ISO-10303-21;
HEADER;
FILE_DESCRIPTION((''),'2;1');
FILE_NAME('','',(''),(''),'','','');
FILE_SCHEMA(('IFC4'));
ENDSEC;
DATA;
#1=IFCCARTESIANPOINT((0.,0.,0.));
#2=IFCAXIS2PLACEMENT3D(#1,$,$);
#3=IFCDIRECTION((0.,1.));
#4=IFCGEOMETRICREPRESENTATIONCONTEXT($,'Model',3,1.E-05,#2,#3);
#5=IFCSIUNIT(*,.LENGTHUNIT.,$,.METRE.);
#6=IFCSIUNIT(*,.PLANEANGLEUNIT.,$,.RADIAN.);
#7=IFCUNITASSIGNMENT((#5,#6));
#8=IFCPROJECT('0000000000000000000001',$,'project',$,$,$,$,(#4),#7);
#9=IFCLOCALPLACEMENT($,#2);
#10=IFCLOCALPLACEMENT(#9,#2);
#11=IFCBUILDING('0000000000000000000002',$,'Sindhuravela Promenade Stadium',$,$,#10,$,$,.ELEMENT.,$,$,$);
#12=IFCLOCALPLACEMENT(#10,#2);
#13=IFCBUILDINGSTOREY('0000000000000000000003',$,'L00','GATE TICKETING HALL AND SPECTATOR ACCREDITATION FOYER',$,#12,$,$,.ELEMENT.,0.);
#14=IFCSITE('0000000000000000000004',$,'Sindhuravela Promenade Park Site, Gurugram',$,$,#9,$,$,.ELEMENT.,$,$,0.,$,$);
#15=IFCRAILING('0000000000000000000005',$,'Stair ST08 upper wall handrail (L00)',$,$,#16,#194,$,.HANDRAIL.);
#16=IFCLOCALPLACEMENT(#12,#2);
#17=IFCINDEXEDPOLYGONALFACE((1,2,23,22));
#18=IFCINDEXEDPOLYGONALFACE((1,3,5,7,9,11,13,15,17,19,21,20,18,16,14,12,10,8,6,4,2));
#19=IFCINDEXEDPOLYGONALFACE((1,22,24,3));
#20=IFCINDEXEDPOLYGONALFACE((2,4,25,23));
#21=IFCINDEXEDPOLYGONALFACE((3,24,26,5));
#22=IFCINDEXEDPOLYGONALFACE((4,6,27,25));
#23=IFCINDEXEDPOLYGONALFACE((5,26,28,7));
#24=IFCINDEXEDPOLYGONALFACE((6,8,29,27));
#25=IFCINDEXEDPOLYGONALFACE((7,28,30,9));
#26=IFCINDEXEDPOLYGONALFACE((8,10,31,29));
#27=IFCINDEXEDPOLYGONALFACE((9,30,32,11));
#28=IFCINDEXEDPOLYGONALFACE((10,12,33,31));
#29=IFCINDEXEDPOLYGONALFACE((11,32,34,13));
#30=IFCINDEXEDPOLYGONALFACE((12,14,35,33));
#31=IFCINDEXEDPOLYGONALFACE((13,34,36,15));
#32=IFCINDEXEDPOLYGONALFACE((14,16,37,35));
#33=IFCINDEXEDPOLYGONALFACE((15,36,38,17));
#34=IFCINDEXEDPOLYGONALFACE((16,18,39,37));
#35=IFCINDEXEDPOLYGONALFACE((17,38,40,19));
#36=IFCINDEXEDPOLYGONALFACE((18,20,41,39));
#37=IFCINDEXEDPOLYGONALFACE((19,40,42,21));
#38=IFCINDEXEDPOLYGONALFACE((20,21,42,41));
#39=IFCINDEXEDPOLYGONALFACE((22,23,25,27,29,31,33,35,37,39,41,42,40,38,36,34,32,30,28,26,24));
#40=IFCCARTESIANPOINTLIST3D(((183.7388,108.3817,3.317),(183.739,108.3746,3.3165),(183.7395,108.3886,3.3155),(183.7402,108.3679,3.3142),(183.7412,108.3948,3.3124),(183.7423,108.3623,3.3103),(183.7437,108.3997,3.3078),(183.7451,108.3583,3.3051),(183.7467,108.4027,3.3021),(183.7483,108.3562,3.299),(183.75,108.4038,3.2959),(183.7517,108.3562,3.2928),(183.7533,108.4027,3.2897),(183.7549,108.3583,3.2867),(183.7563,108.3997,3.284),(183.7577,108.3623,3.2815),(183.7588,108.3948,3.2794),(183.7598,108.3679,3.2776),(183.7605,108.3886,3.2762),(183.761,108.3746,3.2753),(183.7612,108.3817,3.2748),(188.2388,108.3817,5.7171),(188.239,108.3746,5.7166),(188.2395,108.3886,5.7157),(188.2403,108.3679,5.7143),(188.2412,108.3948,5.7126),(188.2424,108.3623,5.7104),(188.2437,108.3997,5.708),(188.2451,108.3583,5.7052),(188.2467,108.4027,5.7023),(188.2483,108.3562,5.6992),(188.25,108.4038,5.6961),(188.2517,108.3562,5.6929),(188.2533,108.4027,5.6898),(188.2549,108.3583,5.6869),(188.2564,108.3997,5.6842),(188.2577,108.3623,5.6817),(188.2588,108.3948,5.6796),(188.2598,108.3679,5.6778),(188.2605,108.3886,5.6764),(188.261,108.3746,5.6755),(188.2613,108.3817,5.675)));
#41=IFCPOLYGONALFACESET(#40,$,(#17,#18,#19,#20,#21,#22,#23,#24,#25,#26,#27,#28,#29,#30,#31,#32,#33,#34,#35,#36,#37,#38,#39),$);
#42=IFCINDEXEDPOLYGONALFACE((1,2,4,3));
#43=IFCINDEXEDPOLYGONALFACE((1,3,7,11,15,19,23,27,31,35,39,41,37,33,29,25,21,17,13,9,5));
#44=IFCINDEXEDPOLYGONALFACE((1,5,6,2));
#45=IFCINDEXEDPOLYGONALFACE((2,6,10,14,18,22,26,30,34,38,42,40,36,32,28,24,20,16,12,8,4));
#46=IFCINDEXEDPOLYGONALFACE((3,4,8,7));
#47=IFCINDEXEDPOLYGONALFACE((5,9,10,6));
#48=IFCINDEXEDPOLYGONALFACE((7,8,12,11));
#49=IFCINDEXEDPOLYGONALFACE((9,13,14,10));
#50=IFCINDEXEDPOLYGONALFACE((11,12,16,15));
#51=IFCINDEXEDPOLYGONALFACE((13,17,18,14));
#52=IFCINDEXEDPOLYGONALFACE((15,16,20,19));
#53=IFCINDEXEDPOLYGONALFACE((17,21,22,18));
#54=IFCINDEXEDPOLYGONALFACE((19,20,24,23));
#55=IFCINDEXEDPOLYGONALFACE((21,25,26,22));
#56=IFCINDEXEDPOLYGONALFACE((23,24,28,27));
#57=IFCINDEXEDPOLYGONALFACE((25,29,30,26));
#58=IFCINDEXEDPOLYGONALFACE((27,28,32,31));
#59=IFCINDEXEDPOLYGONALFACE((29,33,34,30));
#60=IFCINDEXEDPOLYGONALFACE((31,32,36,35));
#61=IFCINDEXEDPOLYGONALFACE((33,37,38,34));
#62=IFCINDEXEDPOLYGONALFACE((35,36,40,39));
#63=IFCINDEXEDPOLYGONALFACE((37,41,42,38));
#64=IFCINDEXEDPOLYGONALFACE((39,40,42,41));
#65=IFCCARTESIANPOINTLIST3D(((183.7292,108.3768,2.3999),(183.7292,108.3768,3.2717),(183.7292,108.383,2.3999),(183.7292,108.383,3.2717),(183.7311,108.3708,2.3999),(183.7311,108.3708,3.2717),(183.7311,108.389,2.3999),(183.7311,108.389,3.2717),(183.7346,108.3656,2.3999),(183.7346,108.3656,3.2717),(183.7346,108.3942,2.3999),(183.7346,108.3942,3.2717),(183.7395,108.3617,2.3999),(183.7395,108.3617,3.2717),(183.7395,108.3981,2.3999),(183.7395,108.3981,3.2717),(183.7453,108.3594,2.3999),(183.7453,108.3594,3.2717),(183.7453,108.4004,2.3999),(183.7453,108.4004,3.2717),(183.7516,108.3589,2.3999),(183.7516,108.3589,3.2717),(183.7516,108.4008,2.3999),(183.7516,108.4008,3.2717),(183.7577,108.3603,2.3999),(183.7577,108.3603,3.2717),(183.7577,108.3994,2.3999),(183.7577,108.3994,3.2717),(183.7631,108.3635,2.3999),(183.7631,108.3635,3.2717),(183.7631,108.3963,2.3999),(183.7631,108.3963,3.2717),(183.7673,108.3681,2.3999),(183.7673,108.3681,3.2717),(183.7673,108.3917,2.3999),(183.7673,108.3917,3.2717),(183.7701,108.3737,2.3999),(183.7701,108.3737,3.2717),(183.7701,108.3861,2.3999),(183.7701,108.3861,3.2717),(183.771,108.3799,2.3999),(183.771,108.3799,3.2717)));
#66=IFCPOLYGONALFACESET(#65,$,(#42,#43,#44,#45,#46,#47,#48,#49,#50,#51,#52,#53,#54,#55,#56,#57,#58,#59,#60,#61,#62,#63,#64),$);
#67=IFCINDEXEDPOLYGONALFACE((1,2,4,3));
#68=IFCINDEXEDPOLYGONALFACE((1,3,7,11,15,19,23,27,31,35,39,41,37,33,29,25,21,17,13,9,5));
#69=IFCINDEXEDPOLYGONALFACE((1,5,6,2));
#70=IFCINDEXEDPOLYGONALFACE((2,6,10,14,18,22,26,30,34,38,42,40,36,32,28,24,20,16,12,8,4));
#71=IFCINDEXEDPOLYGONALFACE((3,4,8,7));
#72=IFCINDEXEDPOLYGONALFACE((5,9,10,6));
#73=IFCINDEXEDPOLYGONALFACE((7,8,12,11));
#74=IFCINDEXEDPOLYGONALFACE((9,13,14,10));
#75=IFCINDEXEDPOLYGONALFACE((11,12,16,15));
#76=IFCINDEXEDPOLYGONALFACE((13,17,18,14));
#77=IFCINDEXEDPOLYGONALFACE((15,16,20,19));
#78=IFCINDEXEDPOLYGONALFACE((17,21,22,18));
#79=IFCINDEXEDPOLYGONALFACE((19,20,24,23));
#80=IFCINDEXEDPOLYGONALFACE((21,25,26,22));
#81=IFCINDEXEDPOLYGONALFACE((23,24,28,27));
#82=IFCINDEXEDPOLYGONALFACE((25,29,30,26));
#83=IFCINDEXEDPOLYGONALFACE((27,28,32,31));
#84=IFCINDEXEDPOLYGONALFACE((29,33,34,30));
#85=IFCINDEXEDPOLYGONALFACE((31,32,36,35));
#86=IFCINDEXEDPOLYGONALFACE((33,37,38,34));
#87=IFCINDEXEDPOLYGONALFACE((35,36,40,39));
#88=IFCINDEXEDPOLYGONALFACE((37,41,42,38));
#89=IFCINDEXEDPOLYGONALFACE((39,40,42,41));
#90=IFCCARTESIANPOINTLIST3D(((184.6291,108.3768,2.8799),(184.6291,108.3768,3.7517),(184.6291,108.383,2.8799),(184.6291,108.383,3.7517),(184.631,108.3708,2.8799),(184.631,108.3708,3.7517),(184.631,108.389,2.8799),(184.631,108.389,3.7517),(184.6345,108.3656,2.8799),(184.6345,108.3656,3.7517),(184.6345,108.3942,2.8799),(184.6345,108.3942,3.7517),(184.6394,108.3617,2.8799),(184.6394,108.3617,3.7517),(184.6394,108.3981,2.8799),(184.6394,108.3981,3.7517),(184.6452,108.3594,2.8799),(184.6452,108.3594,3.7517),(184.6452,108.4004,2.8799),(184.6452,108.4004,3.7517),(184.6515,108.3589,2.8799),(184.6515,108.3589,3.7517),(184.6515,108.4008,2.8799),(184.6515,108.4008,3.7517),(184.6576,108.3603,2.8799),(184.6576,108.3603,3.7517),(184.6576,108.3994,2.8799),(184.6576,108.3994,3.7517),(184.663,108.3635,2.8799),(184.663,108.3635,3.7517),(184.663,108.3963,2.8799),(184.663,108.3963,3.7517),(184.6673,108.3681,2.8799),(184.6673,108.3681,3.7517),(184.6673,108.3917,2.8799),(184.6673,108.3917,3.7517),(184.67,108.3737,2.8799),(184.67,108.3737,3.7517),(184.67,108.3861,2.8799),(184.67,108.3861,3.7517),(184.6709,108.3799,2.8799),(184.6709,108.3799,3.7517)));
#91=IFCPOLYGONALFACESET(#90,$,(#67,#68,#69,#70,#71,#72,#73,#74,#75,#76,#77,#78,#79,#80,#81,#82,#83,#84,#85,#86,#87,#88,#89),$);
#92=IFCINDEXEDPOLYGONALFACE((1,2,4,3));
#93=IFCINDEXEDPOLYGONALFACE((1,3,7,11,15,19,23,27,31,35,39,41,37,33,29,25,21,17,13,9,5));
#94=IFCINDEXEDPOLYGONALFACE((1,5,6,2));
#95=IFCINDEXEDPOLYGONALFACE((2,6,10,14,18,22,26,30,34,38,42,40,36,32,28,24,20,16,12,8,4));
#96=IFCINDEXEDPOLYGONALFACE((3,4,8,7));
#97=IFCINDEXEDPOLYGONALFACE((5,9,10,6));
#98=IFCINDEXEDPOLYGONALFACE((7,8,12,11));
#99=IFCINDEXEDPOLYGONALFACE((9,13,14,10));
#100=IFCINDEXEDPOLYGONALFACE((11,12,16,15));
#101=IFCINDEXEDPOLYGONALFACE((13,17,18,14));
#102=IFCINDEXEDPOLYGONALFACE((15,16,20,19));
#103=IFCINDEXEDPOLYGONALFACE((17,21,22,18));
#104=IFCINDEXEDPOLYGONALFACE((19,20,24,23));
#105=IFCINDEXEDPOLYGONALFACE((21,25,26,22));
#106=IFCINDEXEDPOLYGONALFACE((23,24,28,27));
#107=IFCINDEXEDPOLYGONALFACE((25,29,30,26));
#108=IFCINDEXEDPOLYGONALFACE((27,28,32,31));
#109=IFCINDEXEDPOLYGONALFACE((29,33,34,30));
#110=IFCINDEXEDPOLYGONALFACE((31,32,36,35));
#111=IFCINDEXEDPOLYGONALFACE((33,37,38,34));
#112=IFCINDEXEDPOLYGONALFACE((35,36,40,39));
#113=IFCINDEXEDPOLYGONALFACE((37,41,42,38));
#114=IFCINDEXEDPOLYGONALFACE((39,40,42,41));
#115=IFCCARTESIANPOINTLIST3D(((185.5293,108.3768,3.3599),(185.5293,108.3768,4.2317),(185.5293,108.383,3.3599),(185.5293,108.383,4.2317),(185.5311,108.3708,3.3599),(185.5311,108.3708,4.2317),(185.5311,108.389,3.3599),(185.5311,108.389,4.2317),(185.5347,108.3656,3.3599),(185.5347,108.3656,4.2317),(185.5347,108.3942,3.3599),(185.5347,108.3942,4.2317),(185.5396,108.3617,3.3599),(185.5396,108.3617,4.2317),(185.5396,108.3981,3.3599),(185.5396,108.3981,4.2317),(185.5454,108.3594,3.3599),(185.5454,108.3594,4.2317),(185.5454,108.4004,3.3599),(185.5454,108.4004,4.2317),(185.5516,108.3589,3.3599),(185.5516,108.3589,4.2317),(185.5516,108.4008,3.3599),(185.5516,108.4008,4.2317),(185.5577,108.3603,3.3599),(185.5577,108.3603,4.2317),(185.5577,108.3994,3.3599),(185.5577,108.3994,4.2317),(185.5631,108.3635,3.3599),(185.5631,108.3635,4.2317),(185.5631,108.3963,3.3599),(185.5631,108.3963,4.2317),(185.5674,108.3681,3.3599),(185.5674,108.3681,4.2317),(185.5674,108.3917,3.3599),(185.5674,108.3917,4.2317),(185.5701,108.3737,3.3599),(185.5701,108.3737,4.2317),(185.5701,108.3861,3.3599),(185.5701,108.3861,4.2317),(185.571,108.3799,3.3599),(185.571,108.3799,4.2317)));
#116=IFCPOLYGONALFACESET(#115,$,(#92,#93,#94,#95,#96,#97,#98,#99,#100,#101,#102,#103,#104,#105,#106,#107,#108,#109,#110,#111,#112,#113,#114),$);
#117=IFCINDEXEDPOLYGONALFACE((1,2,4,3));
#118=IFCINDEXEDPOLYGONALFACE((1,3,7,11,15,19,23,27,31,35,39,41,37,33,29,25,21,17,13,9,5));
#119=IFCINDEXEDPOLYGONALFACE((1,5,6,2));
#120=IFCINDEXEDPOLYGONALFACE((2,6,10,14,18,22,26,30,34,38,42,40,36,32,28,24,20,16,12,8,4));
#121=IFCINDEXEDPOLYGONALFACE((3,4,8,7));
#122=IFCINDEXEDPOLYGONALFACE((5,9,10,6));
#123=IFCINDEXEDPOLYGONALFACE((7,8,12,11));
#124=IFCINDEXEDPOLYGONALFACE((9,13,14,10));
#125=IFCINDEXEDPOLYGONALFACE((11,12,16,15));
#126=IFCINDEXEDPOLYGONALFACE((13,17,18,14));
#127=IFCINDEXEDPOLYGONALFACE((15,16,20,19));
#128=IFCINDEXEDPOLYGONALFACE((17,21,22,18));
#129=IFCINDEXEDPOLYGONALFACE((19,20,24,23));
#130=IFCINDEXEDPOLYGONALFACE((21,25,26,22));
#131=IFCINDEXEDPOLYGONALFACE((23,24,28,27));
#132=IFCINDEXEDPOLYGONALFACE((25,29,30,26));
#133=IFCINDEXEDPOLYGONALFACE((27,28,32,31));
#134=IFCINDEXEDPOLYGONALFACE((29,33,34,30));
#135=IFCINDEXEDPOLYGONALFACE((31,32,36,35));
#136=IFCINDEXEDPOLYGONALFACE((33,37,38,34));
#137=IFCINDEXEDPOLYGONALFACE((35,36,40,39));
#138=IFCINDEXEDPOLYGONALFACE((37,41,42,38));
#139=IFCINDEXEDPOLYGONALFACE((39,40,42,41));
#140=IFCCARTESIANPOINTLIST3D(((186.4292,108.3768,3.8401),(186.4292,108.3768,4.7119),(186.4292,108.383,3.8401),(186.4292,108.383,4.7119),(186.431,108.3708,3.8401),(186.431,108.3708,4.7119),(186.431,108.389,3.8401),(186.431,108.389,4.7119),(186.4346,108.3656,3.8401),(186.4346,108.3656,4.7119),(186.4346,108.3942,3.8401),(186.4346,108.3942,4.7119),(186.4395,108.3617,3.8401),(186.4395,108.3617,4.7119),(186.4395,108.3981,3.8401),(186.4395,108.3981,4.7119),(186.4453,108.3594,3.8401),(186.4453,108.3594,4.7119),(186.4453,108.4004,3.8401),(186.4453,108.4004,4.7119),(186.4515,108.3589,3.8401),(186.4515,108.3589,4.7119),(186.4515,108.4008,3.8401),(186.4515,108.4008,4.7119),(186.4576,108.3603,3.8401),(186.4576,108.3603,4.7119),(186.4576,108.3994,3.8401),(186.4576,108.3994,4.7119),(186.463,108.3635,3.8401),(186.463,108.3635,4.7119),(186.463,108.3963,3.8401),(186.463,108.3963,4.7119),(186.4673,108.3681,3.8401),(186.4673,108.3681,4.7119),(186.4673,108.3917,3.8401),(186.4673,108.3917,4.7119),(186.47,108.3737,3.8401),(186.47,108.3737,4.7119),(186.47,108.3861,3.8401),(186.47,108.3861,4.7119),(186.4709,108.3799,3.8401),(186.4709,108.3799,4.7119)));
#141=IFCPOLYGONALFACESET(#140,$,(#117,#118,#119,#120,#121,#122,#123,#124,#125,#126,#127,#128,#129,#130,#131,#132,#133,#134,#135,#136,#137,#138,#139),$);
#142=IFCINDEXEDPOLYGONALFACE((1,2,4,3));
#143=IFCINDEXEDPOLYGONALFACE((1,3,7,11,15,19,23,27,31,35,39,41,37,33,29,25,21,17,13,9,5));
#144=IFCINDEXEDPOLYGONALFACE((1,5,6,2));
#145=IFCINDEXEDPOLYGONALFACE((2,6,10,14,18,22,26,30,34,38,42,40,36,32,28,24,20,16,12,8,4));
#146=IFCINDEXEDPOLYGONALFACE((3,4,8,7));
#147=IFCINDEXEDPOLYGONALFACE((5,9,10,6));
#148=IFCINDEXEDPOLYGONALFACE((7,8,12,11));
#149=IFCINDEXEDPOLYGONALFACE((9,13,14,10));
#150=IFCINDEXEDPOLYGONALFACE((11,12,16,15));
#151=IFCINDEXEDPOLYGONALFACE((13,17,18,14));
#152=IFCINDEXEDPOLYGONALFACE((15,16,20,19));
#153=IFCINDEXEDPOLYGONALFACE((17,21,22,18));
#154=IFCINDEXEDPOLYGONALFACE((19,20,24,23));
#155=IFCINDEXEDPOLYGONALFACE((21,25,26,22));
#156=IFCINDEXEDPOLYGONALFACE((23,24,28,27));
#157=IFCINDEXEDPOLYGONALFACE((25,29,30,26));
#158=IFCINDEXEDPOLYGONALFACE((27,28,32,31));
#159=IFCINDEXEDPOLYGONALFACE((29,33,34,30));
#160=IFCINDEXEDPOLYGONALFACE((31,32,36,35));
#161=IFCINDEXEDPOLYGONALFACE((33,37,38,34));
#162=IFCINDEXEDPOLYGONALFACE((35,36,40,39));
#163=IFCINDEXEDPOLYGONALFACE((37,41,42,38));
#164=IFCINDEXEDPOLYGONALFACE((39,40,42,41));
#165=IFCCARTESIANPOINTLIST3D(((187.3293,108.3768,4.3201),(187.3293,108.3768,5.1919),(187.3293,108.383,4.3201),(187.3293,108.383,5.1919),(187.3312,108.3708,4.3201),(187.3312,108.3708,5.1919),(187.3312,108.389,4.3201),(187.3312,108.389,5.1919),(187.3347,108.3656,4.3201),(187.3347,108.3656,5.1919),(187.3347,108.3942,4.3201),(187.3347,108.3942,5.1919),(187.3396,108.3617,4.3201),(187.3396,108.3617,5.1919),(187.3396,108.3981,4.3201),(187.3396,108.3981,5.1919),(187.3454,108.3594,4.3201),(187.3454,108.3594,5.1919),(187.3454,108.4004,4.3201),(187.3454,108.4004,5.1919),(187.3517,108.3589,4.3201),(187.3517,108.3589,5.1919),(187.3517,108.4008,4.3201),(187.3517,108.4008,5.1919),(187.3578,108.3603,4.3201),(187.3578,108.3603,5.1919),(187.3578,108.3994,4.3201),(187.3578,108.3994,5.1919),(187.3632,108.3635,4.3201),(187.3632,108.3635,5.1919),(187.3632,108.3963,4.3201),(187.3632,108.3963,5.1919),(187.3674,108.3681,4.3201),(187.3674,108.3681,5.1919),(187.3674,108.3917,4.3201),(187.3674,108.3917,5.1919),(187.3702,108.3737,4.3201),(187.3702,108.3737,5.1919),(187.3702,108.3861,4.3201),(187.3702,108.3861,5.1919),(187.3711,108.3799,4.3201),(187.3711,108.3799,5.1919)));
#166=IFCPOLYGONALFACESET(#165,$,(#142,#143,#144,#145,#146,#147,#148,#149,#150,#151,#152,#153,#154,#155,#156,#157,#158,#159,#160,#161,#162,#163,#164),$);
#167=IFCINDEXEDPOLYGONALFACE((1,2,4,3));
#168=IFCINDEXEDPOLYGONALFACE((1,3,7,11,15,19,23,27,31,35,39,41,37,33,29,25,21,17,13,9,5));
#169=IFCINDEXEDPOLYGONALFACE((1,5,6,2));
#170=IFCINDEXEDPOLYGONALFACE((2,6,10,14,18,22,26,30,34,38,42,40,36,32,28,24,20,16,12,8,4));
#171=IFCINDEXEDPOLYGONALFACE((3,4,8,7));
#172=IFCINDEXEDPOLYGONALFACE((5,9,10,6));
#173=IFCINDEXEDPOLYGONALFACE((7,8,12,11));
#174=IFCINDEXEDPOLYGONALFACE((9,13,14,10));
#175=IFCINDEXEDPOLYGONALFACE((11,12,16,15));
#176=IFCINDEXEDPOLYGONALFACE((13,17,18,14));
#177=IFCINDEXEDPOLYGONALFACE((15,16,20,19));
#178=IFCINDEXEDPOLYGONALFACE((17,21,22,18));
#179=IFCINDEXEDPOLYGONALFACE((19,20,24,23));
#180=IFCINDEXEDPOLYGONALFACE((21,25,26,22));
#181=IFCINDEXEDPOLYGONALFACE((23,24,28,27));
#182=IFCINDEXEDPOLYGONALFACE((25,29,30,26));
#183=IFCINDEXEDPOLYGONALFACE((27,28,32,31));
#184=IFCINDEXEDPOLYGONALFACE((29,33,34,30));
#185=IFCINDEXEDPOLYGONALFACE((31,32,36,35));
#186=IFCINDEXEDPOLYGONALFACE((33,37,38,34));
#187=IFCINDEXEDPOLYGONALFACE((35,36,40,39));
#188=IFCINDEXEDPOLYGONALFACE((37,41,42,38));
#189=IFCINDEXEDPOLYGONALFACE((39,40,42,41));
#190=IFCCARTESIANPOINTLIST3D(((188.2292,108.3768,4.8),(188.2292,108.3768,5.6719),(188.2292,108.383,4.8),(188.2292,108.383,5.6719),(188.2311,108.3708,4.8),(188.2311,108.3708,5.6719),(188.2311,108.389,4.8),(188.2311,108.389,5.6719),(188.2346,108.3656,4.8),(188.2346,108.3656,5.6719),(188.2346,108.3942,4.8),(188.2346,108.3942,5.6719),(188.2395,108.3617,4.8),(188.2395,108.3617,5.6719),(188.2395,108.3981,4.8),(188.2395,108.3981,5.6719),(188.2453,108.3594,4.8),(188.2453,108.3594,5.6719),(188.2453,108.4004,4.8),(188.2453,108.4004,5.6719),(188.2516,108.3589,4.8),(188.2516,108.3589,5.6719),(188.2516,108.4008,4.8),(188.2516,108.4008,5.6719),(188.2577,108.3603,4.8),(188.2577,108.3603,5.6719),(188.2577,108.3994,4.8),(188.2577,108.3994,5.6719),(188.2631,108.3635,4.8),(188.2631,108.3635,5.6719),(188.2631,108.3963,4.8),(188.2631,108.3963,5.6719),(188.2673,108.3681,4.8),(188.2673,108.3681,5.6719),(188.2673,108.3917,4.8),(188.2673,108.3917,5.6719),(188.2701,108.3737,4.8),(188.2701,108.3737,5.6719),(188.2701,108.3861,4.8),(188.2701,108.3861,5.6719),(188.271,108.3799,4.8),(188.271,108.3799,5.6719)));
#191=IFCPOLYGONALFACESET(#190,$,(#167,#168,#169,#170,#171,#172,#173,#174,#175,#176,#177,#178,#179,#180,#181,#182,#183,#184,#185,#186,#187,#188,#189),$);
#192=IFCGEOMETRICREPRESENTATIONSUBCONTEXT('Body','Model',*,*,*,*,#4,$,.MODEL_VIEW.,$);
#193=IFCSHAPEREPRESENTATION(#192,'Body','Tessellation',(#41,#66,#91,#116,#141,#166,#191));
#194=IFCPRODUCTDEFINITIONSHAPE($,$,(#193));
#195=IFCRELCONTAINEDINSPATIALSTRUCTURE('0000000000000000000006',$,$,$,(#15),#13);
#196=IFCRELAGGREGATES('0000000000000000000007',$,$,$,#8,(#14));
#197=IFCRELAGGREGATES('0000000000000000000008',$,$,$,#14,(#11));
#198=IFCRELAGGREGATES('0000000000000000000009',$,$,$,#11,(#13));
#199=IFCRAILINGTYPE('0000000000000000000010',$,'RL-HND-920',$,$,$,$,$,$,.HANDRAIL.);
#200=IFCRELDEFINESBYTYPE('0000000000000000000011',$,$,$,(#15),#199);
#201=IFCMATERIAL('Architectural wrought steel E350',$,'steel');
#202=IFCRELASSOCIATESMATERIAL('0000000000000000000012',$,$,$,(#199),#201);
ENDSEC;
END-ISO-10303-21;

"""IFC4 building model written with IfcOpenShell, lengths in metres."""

from ifc_helpers import new_model, si_unit, direction, frame, origin, origin_2d, place, context, subcontext, project, spatial, circle, extrude, material, type_object, element, save


model = new_model("IFC4")

# Units and contexts
model_context = context("Model", 3, precision=1e-05, world=origin(), true_north=direction((0.0, 1.0)))
body_context = subcontext(model_context, "Body", "Model", "MODEL_VIEW")
ifc_project = project(units=[si_unit("LENGTHUNIT", "METRE"), si_unit("PLANEANGLEUNIT", "RADIAN")], contexts=[model_context])

# Site, building, storey
site_placement = place(None, origin())
site = spatial("IfcSite", under=ifc_project, at=site_placement, Name="Sindhuravela Promenade Park Site, Gurugram", CompositionType="ELEMENT", RefElevation=0.0)
building_placement = place(site_placement, origin())
building = spatial("IfcBuilding", under=site, at=building_placement, Name="Sindhuravela Promenade Stadium", CompositionType="ELEMENT")
storey_placement = place(building_placement, origin())
storey = spatial("IfcBuildingStorey", under=building, at=storey_placement, Name="L00", Description="GATE TICKETING HALL AND SPECTATOR ACCREDITATION FOYER", CompositionType="ELEMENT", Elevation=0.0)

# Shared definitions
ifc_material_1 = material(Name="Architectural wrought steel E350", Category="steel")

# Railing
railing_type_1 = type_object("IfcRailingType", Name="RL-HND-920", PredefinedType="HANDRAIL", material=ifc_material_1)
railing_1_placement = place(storey_placement, frame((183.75, 108.3799, 2.3999)))
element("IfcRailing", 1, at=railing_1_placement, inside=storey, type_object=railing_type_1, Name="Stair ST08 upper wall handrail (L00)", PredefinedType="HANDRAIL", context=body_context, shape_type="SweptSolid", body=[
    extrude(circle(Radius=0.0239, at=origin_2d()), frame((0.0, 0.0, 0.896), z_axis=(0.882341, 0.0, 0.470611), x_axis=(0.0, 1.0, 0.0)), (0.0, 0.0, 1.0), 5.1001),
    extrude(circle(Radius=0.021, at=origin_2d()), origin(), (0.0, 0.0, 1.0), 0.8718),
    extrude(circle(Radius=0.021, at=origin_2d()), frame((0.8999, 0.0, 0.48)), (0.0, 0.0, 1.0), 0.8718),
    extrude(circle(Radius=0.021, at=origin_2d()), frame((1.8, 0.0, 0.96)), (0.0, 0.0, 1.0), 0.8718),
    extrude(circle(Radius=0.021, at=origin_2d()), frame((2.7, 0.0, 1.4402)), (0.0, 0.0, 1.0), 0.8718),
    extrude(circle(Radius=0.021, at=origin_2d()), frame((3.6001, 0.0, 1.9202)), (0.0, 0.0, 1.0), 0.8718),
    extrude(circle(Radius=0.021, at=origin_2d()), frame((4.5, 0.0, 2.4001)), (0.0, 0.0, 1.0), 0.8718),
])

save(model, "model.ifc")
